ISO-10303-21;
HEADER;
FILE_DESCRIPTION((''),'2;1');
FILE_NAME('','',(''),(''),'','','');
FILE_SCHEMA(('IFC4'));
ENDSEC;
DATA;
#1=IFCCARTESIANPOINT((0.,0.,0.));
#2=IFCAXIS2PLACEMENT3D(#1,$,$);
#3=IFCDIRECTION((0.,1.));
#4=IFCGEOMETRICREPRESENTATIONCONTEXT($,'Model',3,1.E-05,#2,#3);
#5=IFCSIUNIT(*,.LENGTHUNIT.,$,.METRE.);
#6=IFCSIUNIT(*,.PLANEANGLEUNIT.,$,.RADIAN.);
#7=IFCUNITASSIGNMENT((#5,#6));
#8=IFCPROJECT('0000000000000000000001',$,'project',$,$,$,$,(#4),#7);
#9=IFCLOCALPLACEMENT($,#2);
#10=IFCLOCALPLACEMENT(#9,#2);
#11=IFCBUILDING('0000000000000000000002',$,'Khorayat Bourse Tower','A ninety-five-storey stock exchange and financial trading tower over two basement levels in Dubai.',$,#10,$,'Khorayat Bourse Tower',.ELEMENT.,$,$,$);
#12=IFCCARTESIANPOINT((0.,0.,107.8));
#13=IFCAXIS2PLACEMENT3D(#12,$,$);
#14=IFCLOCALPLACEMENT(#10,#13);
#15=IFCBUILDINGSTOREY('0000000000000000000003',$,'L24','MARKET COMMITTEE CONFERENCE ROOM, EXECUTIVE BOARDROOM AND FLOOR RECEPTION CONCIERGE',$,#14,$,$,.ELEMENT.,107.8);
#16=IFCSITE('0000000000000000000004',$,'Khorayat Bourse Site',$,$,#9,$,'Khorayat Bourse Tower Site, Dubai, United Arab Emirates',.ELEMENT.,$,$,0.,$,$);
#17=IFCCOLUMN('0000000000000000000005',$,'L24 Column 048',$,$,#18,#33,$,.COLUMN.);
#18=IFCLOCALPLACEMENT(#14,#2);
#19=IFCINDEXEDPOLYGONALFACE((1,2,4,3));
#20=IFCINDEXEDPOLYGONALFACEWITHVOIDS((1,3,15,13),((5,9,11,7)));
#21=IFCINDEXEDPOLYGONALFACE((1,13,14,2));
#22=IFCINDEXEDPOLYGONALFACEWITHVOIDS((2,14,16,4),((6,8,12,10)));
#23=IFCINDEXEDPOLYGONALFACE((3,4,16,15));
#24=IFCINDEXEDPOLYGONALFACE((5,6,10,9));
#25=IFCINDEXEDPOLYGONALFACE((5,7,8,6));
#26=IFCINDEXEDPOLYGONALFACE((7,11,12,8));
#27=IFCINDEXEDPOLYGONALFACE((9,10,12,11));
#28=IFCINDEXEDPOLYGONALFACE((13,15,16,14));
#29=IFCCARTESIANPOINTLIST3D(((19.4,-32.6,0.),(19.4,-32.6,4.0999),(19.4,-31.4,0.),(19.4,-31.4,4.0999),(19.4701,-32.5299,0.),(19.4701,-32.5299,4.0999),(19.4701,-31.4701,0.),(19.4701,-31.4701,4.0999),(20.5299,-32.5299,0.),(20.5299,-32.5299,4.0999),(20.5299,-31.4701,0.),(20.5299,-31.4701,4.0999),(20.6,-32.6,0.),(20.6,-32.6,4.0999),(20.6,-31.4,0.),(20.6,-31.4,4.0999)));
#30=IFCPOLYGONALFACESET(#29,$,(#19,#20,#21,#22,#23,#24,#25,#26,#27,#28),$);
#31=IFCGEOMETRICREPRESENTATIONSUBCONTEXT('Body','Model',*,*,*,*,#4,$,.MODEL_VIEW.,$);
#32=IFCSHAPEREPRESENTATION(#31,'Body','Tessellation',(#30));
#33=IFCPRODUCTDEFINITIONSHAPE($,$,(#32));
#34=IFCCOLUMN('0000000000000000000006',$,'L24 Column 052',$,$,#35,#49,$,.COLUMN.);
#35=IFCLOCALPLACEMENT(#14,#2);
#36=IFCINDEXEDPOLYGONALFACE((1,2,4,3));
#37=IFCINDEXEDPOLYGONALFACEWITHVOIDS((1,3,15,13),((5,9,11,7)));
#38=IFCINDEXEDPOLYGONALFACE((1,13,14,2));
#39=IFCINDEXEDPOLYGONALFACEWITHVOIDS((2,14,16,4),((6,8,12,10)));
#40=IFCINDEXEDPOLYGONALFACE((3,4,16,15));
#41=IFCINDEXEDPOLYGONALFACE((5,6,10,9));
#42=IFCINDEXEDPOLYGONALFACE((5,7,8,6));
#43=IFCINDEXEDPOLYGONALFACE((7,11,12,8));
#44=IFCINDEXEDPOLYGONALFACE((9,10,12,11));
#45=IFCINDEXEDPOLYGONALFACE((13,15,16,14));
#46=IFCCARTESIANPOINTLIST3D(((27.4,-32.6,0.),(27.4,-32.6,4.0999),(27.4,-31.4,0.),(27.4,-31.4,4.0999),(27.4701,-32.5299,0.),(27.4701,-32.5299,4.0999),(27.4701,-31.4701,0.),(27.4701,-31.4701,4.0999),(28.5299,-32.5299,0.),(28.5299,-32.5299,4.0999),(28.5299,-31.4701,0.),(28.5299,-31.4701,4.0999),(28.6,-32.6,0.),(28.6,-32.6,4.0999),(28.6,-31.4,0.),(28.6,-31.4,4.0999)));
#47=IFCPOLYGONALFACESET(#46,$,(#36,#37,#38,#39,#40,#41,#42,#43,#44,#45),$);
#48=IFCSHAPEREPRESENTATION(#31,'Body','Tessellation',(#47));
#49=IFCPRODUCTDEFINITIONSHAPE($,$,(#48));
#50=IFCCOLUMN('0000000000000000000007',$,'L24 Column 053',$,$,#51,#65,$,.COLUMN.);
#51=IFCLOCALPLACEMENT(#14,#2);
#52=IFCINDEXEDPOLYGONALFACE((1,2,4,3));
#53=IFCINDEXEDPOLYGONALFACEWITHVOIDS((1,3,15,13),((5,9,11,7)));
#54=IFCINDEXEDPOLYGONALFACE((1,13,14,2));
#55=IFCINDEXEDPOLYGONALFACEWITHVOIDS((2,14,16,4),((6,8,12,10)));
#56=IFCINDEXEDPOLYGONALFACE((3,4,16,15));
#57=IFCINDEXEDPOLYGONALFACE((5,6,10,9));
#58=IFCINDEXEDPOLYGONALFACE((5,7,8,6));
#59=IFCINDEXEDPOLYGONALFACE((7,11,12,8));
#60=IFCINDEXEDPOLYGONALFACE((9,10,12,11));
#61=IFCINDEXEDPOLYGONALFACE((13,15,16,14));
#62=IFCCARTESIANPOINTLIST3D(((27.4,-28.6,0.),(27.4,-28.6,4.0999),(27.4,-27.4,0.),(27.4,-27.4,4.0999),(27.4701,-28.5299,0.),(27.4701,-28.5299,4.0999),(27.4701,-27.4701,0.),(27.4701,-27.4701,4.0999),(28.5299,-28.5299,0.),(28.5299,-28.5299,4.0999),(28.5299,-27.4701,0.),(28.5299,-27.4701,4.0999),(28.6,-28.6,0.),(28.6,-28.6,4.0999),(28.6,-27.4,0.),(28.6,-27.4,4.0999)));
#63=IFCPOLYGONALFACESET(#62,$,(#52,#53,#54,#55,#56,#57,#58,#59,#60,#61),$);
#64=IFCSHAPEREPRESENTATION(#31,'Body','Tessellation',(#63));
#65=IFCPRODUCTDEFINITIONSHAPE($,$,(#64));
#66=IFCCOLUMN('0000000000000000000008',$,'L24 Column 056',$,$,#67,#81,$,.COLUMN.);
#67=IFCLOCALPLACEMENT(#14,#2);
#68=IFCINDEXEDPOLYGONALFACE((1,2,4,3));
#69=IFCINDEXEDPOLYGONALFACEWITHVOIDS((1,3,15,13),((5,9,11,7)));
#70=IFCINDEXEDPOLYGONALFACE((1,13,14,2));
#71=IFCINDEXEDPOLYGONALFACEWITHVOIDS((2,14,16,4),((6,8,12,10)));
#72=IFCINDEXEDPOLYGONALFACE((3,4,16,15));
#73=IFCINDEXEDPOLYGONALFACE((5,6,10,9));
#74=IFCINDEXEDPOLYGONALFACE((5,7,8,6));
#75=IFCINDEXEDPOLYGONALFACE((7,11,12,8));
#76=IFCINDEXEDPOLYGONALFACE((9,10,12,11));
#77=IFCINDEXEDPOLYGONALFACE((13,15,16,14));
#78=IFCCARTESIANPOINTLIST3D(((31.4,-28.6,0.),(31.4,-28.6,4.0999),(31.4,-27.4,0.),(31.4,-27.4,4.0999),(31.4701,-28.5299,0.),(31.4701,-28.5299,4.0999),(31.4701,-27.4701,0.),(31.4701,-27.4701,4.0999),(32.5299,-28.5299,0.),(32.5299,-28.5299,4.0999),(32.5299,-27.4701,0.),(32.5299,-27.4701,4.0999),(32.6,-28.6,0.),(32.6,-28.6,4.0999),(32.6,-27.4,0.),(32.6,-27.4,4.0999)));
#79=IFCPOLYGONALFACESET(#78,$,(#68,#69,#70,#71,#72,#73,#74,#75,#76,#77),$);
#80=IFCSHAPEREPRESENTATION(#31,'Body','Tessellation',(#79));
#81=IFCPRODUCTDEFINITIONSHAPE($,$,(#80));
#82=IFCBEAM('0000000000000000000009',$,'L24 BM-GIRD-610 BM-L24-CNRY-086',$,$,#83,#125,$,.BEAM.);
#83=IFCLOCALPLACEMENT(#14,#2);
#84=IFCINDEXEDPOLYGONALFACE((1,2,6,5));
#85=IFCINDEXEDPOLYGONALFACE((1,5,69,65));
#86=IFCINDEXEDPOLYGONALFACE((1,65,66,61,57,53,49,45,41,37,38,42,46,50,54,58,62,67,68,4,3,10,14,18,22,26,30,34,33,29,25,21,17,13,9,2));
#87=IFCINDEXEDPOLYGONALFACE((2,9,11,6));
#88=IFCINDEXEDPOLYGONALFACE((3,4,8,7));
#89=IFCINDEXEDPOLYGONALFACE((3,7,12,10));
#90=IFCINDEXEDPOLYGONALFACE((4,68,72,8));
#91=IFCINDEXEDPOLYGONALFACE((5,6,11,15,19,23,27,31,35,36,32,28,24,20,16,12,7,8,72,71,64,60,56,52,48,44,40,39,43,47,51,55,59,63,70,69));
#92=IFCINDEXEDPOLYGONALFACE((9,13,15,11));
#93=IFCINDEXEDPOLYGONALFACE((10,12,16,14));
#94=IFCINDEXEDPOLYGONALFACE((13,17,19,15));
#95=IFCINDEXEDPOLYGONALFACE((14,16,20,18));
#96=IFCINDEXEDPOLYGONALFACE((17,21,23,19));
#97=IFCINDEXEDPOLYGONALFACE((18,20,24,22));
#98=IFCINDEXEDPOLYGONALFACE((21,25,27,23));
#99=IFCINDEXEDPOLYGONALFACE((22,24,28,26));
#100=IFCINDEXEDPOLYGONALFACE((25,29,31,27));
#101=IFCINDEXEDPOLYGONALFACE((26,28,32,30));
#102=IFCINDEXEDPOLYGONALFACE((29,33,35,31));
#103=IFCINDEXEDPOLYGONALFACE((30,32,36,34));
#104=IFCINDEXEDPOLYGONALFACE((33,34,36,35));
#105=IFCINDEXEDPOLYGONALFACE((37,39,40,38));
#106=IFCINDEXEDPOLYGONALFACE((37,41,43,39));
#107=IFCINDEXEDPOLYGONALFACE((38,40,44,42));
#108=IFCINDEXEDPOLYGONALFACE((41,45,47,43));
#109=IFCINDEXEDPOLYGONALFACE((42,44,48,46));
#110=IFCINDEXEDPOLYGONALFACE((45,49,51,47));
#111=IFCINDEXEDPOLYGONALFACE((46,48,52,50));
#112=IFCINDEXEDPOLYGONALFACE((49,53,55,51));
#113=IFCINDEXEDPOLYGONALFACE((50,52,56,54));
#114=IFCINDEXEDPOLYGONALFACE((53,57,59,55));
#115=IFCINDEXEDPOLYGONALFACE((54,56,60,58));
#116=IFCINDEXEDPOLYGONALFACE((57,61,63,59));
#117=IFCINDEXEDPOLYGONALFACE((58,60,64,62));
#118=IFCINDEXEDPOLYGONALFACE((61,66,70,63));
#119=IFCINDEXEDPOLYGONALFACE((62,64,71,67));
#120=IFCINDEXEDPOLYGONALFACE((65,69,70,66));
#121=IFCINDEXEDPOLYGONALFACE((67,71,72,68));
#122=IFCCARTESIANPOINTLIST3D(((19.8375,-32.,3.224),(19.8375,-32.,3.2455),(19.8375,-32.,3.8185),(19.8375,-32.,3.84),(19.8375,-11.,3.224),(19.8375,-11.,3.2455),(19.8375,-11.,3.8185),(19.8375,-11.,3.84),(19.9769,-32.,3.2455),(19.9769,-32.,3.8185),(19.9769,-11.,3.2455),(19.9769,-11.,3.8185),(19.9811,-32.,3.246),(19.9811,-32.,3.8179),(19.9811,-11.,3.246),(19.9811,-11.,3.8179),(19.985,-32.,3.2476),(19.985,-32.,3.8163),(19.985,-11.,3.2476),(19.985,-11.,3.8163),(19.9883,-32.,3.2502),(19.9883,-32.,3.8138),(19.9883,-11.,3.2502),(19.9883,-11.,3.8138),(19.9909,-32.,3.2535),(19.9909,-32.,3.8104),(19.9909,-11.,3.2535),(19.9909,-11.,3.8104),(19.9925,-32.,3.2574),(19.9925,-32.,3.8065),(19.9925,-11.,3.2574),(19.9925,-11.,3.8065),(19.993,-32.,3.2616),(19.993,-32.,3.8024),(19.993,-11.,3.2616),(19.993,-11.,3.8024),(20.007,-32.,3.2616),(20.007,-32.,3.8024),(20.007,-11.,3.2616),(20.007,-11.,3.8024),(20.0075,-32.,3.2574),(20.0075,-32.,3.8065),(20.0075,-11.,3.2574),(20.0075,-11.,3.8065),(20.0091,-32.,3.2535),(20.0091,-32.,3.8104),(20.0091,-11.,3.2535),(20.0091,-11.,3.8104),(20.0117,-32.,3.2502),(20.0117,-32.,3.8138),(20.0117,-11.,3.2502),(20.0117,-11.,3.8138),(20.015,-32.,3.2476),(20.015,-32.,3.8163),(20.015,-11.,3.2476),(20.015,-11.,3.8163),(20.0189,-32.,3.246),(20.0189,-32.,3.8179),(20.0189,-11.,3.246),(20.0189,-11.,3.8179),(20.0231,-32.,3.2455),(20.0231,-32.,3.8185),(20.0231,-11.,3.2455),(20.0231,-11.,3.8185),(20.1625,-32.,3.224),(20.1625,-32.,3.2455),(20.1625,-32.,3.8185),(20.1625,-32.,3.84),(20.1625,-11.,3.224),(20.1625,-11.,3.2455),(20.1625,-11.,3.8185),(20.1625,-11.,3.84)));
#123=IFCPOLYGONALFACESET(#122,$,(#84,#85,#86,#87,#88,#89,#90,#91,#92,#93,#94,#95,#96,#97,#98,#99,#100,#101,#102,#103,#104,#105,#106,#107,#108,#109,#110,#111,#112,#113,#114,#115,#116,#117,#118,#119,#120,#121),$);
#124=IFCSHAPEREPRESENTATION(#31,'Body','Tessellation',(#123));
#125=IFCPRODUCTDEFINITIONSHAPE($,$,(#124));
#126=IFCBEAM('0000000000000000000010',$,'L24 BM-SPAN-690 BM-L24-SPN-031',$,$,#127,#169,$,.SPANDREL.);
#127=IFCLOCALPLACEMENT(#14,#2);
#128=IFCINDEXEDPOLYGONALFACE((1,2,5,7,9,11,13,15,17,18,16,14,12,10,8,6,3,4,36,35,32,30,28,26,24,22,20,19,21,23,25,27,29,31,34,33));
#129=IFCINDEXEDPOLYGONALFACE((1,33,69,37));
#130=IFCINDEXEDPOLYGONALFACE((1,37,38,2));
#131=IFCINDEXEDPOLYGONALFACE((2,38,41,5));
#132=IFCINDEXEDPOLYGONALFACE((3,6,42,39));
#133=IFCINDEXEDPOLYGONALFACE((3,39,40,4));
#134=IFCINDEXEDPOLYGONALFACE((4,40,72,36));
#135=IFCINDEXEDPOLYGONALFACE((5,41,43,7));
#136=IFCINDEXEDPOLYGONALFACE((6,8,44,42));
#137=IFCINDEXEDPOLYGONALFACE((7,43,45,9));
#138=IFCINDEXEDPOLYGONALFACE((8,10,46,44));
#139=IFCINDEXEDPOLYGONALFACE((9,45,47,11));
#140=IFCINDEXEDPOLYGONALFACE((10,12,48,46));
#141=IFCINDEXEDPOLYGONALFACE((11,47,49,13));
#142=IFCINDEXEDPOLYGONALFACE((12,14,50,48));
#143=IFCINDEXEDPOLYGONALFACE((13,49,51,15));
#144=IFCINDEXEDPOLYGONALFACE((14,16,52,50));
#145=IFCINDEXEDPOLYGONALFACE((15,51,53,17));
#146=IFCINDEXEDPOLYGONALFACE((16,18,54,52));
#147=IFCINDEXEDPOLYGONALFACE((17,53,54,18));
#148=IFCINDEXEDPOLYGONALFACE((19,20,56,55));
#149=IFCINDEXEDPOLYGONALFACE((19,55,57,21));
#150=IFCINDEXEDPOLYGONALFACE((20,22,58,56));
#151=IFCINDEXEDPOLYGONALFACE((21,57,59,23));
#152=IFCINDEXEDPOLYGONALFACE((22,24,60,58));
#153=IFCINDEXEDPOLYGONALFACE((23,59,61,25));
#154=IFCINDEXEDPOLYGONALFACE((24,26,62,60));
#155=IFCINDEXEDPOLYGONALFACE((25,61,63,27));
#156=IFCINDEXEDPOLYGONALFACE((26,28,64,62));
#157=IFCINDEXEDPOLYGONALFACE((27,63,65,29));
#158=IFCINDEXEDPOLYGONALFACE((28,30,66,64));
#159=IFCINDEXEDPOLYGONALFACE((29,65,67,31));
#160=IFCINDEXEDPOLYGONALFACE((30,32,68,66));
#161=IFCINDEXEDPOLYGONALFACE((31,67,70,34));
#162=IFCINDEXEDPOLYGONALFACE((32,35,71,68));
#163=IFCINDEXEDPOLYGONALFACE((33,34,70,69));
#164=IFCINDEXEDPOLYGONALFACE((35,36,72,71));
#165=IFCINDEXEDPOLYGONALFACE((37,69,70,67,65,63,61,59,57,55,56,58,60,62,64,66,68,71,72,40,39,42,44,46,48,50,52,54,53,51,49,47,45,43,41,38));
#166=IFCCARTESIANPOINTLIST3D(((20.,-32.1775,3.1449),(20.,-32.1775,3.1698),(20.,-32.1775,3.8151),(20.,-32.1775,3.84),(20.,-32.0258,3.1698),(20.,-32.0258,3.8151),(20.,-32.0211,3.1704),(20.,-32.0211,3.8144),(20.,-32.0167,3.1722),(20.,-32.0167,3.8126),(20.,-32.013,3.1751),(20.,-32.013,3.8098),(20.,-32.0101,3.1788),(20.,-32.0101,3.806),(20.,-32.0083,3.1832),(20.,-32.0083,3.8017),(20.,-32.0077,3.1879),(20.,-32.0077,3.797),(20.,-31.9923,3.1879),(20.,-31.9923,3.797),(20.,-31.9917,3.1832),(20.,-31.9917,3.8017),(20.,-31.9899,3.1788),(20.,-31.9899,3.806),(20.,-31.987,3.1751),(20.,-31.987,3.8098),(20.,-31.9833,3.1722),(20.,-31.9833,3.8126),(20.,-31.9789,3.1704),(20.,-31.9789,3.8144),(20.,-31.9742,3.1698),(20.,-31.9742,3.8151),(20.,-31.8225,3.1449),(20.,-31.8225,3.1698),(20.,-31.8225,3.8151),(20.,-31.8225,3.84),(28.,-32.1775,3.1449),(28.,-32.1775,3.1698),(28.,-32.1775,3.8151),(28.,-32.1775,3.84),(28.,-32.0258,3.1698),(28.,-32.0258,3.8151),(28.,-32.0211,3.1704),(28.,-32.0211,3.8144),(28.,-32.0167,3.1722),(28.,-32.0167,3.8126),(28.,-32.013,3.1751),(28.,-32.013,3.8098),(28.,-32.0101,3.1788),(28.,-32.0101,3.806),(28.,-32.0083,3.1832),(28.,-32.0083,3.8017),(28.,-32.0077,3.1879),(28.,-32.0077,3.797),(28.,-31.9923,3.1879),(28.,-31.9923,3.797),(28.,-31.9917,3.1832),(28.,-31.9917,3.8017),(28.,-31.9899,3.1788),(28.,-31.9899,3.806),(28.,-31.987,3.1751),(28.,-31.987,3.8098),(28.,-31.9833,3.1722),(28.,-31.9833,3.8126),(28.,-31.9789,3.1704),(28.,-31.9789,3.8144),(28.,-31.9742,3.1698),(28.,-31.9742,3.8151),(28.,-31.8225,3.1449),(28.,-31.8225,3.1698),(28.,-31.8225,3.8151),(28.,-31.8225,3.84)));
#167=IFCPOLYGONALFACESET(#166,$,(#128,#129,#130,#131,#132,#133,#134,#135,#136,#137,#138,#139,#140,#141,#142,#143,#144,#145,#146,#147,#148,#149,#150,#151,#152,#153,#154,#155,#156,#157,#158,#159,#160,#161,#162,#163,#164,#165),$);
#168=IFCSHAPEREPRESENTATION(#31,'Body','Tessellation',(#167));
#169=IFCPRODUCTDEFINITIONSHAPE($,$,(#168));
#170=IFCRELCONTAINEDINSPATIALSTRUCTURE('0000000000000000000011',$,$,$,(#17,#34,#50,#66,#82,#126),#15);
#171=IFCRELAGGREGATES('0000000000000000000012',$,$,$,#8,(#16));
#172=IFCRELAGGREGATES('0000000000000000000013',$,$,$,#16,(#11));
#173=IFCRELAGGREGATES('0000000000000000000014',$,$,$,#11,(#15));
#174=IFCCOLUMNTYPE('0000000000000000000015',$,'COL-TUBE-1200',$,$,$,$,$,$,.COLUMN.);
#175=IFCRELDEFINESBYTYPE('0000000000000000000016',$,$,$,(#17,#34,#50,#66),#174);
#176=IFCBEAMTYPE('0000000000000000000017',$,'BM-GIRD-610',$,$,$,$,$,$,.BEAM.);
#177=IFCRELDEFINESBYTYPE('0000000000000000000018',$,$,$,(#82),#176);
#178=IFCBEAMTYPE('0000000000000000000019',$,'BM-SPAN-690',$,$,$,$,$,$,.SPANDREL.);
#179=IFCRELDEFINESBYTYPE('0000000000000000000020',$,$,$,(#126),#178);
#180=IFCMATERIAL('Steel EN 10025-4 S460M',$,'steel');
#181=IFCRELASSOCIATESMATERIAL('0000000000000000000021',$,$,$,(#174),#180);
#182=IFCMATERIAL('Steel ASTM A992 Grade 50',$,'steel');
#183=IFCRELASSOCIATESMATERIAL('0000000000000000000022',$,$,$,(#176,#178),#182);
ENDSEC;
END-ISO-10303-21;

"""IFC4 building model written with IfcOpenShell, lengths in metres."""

from ifc_helpers import new_model, si_unit, direction, frame, origin, origin_2d, place, context, subcontext, project, spatial, hollow_rectangle, i_section, extrude, source, transform, mapped, material, material_profile, profile_set, type_object, element, save


model = new_model("IFC4")

# Units and contexts
model_context = context("Model", 3, precision=1e-05, world=origin(), true_north=direction((0.0, 1.0)))
body_context = subcontext(model_context, "Body", "Model", "MODEL_VIEW")
ifc_project = project(units=[si_unit("LENGTHUNIT", "METRE"), si_unit("PLANEANGLEUNIT", "RADIAN")], contexts=[model_context])

# Site, building, storey
site_placement = place(None, origin())
site = spatial("IfcSite", under=ifc_project, at=site_placement, Name="Khorayat Bourse Site", LongName="Khorayat Bourse Tower Site, Dubai, United Arab Emirates", CompositionType="ELEMENT", RefElevation=0.0)
building_placement = place(site_placement, origin())
building = spatial("IfcBuilding", under=site, at=building_placement, Name="Khorayat Bourse Tower", Description="A ninety-five-storey stock exchange and financial trading tower over two basement levels in Dubai.", LongName="Khorayat Bourse Tower", CompositionType="ELEMENT")
storey_placement = place(building_placement, frame((0.0, 0.0, 107.8)))
storey = spatial("IfcBuildingStorey", under=building, at=storey_placement, Name="L24", Description="MARKET COMMITTEE CONFERENCE ROOM, EXECUTIVE BOARDROOM AND FLOOR RECEPTION CONCIERGE", CompositionType="ELEMENT", Elevation=107.8)

# Columns
ifc_material_1 = material(Name="Steel EN 10025-4 S460M", Category="steel")
ifc_material_profile_1 = material_profile(ifc_material_1, hollow_rectangle(XDim=1.2, YDim=1.2, WallThickness=0.0701, at=origin_2d()), Name="BOX 1200x1200x70")
ifc_profile_set_1 = profile_set([ifc_material_profile_1], Name="Steel EN 10025-4 S460M")
column_type = type_object("IfcColumnType", Name="COL-TUBE-1200", PredefinedType="COLUMN", material=ifc_profile_set_1)
shared_shape_1 = source(origin(), body_context, "Body", "SweptSolid", [
    extrude(hollow_rectangle(XDim=1.2, YDim=1.2, WallThickness=0.0701, at=origin_2d()), origin(), (0.0, 0.0, 1.0), 4.0999),
])
for number, where, z_axis, x_axis, name in (
    (1, (20.0, -32.0, 0.0), (0.0, 0.0, 1.0), (1.0, 0.0, 0.0), "L24 Column 048"),
    (2, (28.0, -32.0, 0.0), (0.0, 0.0, 1.0), (1.0, 0.0, 0.0), "L24 Column 052"),
    (3, (28.0, -28.0, 0.0), (0.0, 0.0, 1.0), (1.0, 0.0, 0.0), "L24 Column 053"),
    (4, (32.0, -28.0, 0.0), (0.0, 0.0, 1.0), (1.0, 0.0, 0.0), "L24 Column 056"),
):
    element("IfcColumn", number, at=place(storey_placement, frame(where, z_axis=z_axis, x_axis=x_axis)), inside=storey, type_object=column_type, Name=name, PredefinedType="COLUMN", context=body_context, shape_type="MappedRepresentation", body=[
        mapped(shared_shape_1, transform((0.0, 0.0, 0.0), scale=1.0)),
    ])

# Beams
ifc_material_2 = material(Name="Steel ASTM A992 Grade 50", Category="steel")
ifc_material_profile_2 = material_profile(ifc_material_2, i_section(OverallWidth=0.325, OverallDepth=0.616, WebThickness=0.0139, FlangeThickness=0.0215, FilletRadius=0.0161, at=origin_2d()), Name="W610X174")
ifc_profile_set_2 = profile_set([ifc_material_profile_2], Name="Steel ASTM A992 Grade 50")
beam_type_1 = type_object("IfcBeamType", Name="BM-GIRD-610", PredefinedType="BEAM", material=ifc_profile_set_2)
shared_shape_2 = source(origin(), body_context, "Body", "SweptSolid", [
    extrude(i_section(OverallWidth=0.325, OverallDepth=0.616, WebThickness=0.0139, FlangeThickness=0.0215, FilletRadius=0.0161, at=origin_2d()), origin(), (0.0, 0.0, 1.0), 21.0),
])
beam_1_placement = place(storey_placement, frame((20.0, -32.0, 3.532), z_axis=(0.0, 1.0, 0.0), x_axis=(-1.0, 0.0, 0.0)))
element("IfcBeam", 5, at=beam_1_placement, inside=storey, type_object=beam_type_1, Name="L24 BM-GIRD-610 BM-L24-CNRY-086", PredefinedType="BEAM", context=body_context, shape_type="MappedRepresentation", body=[
    mapped(shared_shape_2, transform((0.0, 0.0, 0.0), scale=1.0)),
])
ifc_material_profile_3 = material_profile(ifc_material_2, i_section(OverallWidth=0.355, OverallDepth=0.6951, WebThickness=0.0154, FlangeThickness=0.0249, FilletRadius=0.0181, at=origin_2d()), Name="W690X217")
ifc_profile_set_3 = profile_set([ifc_material_profile_3], Name="Steel ASTM A992 Grade 50")
beam_type_2 = type_object("IfcBeamType", Name="BM-SPAN-690", PredefinedType="SPANDREL", material=ifc_profile_set_3)
shared_shape_3 = source(origin(), body_context, "Body", "SweptSolid", [
    extrude(i_section(OverallWidth=0.355, OverallDepth=0.6951, WebThickness=0.0154, FlangeThickness=0.0249, FilletRadius=0.0181, at=origin_2d()), origin(), (0.0, 0.0, 1.0), 8.0),
])
for number, where, z_axis, x_axis, name in (
    (6, (20.0, -32.0, 3.4924), (1.0, 0.0, 0.0), (0.0, 1.0, 0.0), "L24 BM-SPAN-690 BM-L24-SPN-031"),
):
    element("IfcBeam", number, at=place(storey_placement, frame(where, z_axis=z_axis, x_axis=x_axis)), inside=storey, type_object=beam_type_2, Name=name, PredefinedType="SPANDREL", context=body_context, shape_type="MappedRepresentation", body=[
        mapped(shared_shape_3, transform((0.0, 0.0, 0.0), scale=1.0)),
    ])

save(model, "model.ifc")
